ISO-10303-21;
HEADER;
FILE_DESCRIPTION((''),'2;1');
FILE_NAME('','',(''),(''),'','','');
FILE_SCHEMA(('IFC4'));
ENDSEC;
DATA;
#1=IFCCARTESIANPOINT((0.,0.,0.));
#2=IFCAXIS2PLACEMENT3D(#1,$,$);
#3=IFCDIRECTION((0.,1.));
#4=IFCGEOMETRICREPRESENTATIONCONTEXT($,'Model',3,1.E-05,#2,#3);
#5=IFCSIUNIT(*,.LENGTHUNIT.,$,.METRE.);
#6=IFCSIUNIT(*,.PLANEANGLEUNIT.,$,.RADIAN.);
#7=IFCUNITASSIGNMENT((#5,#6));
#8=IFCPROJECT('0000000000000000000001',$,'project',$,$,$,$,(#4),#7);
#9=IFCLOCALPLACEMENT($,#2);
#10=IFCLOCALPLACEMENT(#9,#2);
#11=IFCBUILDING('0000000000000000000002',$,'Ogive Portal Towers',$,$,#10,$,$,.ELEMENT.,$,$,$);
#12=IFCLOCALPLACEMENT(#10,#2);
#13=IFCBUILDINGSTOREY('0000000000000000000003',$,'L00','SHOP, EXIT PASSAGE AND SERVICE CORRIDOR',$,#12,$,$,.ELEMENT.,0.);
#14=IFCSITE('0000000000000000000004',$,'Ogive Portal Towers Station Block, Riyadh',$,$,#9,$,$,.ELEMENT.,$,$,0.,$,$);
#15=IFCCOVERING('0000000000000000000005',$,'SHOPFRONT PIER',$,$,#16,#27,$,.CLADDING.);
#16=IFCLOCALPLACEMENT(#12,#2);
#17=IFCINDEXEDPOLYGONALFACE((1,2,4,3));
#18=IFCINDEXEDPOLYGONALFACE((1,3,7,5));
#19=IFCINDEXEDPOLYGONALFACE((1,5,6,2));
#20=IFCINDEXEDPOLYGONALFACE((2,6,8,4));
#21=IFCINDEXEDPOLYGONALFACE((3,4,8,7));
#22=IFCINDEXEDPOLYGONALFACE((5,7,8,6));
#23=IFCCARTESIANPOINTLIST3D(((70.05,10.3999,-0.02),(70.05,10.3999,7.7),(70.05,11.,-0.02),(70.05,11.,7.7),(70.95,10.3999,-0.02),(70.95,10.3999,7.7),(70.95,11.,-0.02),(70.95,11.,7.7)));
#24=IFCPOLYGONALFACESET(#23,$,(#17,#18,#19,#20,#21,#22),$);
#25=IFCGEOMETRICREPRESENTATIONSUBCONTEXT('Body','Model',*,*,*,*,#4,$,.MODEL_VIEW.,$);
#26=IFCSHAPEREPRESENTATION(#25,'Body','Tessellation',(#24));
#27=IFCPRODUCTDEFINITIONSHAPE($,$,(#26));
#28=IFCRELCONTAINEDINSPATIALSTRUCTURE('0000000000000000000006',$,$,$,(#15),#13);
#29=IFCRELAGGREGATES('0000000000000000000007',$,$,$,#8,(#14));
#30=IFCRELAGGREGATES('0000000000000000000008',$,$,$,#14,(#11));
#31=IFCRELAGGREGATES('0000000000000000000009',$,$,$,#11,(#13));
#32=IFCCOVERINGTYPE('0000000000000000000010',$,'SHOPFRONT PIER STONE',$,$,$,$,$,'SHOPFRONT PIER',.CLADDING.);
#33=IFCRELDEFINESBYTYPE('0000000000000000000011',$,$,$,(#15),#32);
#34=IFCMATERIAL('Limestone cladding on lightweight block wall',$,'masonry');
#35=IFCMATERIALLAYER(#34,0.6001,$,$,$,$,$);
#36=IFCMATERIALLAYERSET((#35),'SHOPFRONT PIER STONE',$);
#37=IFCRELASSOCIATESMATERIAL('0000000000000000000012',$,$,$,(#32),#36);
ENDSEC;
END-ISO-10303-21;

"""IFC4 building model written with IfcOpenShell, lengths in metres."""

from ifc_helpers import new_model, si_unit, direction, frame, origin, origin_2d, place, context, subcontext, project, spatial, rectangle, extrude, material, layer, layer_set, type_object, element, save


model = new_model("IFC4")

# Units and contexts
model_context = context("Model", 3, precision=1e-05, world=origin(), true_north=direction((0.0, 1.0)))
body_context = subcontext(model_context, "Body", "Model", "MODEL_VIEW")
ifc_project = project(units=[si_unit("LENGTHUNIT", "METRE"), si_unit("PLANEANGLEUNIT", "RADIAN")], contexts=[model_context])

# Site, building, storey
site_placement = place(None, origin())
site = spatial("IfcSite", under=ifc_project, at=site_placement, Name="Ogive Portal Towers Station Block, Riyadh", CompositionType="ELEMENT", RefElevation=0.0)
building_placement = place(site_placement, origin())
building = spatial("IfcBuilding", under=site, at=building_placement, Name="Ogive Portal Towers", CompositionType="ELEMENT")
storey_placement = place(building_placement, origin())
storey = spatial("IfcBuildingStorey", under=building, at=storey_placement, Name="L00", Description="SHOP, EXIT PASSAGE AND SERVICE CORRIDOR", CompositionType="ELEMENT", Elevation=0.0)

# Covering
ifc_material_1 = material(Name="Limestone cladding on lightweight block wall", Category="masonry")
ifc_layer_1 = layer(ifc_material_1, 0.6001)
ifc_layer_set_1 = layer_set([ifc_layer_1], Name="SHOPFRONT PIER STONE")
covering_type_1 = type_object("IfcCoveringType", Name="SHOPFRONT PIER STONE", ElementType="SHOPFRONT PIER", PredefinedType="CLADDING", material=ifc_layer_set_1)
covering_placement = place(storey_placement, frame((70.5, 10.7, -0.02), z_axis=(0.0, 0.0, 1.0), x_axis=(1.0, 0.0, 0.0)))
element("IfcCovering", 1, at=covering_placement, inside=storey, type_object=covering_type_1, Name="SHOPFRONT PIER", PredefinedType="CLADDING", context=body_context, shape_type="SweptSolid", body=[
    extrude(rectangle(XDim=0.8999, YDim=0.6001, at=origin_2d()), origin(), (0.0, 0.0, 1.0), 7.72),
])

save(model, "model.ifc")
